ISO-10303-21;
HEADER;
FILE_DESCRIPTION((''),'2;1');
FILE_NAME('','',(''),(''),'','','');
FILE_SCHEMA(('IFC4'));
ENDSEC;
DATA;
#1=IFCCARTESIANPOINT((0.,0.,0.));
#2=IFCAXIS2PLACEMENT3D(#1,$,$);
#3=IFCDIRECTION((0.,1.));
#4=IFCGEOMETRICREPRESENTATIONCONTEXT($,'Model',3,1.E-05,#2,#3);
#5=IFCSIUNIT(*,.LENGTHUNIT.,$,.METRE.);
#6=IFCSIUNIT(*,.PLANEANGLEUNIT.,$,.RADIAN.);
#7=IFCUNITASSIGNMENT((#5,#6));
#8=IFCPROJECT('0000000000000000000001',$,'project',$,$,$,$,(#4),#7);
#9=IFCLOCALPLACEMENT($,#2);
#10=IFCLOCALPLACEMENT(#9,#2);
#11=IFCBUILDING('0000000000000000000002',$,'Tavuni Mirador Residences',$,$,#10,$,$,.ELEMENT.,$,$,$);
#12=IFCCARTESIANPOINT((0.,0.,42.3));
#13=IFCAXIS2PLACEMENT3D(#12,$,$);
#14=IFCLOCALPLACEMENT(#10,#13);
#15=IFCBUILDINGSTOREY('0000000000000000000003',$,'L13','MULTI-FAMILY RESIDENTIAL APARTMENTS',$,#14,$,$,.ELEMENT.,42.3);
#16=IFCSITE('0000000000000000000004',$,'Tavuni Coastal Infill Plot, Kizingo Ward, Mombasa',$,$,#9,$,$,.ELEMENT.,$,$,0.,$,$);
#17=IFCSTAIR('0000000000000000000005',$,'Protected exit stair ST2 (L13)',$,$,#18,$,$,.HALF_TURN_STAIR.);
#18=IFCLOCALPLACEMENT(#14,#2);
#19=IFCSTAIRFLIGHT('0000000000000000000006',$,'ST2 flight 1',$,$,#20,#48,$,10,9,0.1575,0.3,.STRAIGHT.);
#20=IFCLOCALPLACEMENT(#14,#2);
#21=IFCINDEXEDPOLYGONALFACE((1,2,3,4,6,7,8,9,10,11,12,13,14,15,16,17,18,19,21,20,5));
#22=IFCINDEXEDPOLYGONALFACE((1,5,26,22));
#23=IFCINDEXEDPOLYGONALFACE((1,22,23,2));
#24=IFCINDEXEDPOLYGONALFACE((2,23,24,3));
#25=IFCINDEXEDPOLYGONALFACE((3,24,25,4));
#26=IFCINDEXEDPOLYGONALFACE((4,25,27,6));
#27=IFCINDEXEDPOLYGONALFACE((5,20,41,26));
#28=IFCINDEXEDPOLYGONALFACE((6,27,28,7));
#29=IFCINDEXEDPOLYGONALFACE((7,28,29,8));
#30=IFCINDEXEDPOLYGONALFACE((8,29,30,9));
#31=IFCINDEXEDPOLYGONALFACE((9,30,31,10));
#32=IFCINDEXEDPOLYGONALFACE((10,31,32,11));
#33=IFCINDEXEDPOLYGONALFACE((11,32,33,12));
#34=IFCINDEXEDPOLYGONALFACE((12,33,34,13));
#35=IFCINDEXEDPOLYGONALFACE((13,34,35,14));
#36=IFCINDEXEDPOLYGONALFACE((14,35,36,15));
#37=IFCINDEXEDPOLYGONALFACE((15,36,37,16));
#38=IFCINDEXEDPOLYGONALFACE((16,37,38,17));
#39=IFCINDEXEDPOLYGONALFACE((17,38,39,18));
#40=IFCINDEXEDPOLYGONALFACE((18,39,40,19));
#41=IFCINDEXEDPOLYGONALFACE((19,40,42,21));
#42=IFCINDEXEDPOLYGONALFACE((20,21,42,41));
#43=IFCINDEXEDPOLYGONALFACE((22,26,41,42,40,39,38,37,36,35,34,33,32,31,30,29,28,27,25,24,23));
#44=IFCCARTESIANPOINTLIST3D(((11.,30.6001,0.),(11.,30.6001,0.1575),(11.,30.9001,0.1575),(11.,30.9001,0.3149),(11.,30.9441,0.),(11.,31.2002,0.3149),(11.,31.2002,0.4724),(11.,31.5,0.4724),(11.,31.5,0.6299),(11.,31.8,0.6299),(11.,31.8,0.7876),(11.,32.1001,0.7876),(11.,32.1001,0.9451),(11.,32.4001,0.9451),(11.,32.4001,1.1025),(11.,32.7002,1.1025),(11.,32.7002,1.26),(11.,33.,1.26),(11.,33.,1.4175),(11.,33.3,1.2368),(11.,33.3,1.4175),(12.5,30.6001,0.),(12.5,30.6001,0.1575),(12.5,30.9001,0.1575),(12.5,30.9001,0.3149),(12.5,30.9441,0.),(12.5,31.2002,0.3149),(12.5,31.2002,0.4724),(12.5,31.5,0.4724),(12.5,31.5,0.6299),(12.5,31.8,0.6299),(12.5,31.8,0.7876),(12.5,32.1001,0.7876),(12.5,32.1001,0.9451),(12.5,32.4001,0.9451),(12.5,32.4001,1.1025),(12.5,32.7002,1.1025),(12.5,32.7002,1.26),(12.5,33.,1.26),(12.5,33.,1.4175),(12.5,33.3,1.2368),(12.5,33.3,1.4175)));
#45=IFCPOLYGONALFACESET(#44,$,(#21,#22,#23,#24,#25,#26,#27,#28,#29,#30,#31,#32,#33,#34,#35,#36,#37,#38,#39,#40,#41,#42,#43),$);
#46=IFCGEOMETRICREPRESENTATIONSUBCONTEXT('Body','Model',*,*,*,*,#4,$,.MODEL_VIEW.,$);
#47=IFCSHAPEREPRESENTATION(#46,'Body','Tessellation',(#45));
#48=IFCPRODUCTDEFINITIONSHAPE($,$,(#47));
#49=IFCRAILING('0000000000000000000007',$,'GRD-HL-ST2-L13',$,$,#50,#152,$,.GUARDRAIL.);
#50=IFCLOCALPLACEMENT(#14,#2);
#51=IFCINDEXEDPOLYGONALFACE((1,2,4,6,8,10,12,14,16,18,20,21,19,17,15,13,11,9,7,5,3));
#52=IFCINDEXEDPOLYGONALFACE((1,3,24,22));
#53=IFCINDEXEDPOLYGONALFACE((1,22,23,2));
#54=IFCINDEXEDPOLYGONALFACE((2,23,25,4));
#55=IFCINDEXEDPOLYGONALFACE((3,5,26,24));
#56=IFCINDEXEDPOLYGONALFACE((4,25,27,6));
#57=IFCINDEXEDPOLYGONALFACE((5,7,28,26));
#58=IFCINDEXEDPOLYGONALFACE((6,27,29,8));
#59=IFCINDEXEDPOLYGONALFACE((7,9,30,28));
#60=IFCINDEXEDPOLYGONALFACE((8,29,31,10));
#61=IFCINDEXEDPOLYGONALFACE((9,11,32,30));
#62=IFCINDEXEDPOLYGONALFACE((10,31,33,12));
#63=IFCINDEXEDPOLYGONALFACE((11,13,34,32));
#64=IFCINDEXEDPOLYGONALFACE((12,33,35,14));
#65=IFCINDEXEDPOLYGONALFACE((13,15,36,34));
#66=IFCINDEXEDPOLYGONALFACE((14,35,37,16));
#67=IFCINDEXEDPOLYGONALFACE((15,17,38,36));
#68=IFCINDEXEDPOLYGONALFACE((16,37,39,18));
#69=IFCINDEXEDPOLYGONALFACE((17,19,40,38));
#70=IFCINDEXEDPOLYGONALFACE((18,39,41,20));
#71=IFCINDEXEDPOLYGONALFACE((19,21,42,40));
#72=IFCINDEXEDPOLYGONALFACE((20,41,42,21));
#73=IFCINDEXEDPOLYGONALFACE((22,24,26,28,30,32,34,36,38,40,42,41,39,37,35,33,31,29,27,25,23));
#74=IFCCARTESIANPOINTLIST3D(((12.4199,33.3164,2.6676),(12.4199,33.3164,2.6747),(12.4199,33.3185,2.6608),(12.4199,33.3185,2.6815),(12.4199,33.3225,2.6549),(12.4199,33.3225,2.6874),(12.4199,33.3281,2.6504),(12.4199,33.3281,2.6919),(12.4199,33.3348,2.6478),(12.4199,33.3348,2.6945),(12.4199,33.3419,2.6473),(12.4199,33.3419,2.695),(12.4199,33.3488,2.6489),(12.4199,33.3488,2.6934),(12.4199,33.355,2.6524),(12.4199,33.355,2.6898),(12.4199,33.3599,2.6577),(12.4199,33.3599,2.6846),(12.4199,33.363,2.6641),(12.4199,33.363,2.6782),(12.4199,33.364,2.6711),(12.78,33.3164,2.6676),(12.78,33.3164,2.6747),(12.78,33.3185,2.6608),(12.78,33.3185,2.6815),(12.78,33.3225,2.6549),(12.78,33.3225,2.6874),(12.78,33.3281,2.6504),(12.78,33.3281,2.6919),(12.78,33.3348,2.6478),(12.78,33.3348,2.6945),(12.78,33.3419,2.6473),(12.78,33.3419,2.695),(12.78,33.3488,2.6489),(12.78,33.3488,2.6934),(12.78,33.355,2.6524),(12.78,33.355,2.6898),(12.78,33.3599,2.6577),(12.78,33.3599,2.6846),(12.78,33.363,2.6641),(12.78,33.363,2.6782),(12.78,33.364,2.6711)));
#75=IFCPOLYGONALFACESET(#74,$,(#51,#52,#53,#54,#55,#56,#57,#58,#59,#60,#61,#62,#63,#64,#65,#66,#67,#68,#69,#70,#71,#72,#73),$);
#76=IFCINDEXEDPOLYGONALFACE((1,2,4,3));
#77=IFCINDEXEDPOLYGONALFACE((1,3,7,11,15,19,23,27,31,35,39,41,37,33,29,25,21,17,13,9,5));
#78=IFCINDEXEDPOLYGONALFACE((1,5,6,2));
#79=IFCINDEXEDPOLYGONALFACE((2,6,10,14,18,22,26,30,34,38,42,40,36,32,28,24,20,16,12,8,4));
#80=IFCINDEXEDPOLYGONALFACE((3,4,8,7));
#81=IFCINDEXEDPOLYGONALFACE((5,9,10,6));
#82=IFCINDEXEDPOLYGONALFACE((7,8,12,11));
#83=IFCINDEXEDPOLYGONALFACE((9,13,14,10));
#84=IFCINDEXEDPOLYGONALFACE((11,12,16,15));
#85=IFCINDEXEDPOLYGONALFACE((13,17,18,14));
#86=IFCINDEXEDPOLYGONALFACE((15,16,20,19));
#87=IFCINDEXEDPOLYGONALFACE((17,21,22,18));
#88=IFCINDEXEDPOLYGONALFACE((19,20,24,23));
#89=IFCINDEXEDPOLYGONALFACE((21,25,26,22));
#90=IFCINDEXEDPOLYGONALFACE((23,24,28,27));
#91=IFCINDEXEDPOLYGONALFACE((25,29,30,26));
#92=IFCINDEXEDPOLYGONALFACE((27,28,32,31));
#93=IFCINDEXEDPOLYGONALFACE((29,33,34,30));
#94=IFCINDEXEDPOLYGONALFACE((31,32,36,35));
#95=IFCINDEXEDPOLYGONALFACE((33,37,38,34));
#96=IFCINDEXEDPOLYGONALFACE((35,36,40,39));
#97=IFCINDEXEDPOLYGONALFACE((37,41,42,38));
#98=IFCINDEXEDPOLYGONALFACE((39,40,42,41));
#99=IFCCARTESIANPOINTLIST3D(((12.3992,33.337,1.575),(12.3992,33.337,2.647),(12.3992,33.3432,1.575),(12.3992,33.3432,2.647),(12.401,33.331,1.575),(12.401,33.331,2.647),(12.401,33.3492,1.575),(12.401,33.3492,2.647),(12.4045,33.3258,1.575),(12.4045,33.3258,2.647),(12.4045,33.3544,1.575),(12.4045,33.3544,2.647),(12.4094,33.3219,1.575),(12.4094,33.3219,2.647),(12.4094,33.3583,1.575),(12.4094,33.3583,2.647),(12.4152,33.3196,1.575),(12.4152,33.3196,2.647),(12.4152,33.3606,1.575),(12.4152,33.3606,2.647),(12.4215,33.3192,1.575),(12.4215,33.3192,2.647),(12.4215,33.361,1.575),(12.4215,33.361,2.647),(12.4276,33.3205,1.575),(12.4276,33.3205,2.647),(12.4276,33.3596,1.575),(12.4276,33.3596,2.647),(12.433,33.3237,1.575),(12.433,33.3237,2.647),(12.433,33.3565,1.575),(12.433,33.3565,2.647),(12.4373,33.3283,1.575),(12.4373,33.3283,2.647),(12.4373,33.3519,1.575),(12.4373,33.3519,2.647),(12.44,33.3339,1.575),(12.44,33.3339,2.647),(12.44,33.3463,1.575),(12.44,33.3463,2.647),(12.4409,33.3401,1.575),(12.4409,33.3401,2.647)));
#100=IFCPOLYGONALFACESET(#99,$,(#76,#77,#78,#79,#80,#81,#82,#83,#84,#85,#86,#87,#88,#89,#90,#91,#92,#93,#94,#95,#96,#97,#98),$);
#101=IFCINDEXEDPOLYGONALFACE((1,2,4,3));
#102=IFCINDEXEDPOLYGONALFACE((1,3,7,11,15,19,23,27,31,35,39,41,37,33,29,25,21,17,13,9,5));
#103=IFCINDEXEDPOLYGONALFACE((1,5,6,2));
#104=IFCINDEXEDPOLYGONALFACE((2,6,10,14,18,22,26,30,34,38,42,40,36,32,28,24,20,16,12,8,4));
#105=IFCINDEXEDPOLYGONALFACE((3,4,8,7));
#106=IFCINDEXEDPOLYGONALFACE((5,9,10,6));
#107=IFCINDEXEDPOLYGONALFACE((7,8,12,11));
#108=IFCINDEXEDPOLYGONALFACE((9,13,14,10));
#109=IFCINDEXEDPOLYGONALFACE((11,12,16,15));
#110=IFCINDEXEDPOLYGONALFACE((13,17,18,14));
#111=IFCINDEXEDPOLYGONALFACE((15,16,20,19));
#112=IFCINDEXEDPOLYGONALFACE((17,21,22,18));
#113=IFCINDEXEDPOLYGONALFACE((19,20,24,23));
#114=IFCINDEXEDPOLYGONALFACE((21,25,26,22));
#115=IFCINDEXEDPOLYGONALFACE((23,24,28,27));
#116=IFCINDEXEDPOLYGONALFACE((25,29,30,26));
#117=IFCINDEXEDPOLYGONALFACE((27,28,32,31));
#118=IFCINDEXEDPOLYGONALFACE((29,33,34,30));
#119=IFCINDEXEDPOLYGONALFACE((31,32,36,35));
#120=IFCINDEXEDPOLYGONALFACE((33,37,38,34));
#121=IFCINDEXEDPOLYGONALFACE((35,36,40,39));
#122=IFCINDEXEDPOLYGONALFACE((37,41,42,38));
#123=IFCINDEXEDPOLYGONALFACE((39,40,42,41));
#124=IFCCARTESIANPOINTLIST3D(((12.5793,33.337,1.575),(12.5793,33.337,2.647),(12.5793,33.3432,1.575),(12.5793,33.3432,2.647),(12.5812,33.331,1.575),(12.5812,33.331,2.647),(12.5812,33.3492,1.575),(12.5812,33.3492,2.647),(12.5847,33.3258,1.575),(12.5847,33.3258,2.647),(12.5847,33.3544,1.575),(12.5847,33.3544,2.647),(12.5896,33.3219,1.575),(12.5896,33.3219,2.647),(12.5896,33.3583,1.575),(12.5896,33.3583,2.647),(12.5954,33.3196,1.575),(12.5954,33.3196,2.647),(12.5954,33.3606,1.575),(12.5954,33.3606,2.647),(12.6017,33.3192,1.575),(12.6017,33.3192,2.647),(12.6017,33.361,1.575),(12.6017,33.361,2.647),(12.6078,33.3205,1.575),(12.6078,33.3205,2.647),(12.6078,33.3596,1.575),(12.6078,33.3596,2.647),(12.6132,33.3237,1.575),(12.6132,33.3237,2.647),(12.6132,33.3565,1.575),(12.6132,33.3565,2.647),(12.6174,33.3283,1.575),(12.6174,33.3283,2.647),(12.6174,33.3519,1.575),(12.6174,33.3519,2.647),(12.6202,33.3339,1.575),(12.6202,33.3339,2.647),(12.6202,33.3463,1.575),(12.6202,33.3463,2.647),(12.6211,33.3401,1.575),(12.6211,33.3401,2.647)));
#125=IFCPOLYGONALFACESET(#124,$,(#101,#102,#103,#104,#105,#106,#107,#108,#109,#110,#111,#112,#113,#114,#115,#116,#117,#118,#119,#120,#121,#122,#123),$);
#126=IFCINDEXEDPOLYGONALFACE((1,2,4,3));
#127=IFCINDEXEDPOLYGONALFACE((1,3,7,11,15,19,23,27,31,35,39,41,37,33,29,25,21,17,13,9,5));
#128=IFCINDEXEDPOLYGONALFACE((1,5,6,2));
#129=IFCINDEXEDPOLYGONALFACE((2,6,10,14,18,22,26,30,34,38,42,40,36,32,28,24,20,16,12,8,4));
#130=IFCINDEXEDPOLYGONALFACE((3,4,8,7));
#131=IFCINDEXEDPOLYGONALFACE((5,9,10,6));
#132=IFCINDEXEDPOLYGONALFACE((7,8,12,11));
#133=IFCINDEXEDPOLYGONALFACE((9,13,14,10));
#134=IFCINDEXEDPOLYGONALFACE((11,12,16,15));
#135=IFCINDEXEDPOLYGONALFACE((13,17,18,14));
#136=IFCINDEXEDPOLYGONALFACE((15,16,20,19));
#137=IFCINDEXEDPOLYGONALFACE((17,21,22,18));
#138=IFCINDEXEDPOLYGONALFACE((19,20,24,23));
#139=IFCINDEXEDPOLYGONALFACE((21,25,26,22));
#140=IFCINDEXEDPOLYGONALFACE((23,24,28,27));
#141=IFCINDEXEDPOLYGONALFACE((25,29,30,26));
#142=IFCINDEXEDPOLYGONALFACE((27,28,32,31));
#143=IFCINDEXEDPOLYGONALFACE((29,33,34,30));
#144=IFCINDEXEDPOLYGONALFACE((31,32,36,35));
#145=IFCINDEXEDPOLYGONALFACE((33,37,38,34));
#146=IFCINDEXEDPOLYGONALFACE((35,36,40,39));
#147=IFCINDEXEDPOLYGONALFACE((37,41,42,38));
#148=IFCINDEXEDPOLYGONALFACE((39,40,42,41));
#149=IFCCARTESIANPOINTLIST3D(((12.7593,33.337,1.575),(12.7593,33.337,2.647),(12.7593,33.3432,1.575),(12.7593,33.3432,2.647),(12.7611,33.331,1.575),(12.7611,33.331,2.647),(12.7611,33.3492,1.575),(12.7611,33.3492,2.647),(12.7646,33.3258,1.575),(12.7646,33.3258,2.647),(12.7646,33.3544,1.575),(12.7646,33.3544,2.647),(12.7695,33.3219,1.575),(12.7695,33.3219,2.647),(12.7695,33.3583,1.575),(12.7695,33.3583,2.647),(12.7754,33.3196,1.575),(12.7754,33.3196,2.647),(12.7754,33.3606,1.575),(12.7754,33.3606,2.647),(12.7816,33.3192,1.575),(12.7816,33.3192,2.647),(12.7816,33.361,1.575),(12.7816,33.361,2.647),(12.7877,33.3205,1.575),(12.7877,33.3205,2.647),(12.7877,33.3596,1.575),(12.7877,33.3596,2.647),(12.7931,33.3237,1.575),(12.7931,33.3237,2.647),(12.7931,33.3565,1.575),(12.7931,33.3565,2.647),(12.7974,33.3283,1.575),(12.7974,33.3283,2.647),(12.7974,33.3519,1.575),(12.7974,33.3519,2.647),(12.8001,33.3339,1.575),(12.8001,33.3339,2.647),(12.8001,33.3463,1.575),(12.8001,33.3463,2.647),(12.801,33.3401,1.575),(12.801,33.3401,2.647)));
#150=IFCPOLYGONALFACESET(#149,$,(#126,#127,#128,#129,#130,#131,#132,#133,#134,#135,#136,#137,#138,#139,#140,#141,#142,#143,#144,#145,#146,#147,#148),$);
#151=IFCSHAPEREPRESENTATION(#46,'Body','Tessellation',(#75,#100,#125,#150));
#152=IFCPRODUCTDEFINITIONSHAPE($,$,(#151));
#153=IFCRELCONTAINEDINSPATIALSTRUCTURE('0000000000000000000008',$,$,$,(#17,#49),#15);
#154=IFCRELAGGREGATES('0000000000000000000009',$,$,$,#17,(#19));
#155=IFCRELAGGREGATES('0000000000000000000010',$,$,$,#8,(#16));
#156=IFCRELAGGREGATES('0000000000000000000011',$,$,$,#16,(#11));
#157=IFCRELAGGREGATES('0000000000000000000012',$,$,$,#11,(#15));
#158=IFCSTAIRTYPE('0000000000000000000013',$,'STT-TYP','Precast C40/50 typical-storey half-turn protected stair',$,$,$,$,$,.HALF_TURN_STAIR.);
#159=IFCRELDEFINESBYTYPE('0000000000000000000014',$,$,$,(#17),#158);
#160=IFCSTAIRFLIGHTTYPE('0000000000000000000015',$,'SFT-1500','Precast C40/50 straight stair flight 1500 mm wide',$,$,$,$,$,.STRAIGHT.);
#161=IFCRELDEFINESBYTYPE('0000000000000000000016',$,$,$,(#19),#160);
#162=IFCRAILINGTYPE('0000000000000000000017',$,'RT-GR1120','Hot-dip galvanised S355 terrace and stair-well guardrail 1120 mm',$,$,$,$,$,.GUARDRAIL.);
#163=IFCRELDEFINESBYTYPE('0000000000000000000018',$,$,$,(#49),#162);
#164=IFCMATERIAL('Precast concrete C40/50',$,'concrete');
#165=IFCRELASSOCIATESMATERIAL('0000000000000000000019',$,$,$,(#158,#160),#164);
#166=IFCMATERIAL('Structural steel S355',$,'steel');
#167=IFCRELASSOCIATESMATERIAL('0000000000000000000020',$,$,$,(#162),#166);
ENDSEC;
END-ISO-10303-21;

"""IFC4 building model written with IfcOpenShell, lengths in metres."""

from ifc_helpers import new_model, si_unit, direction, frame, origin, origin_2d, place, context, subcontext, project, spatial, polyline, circle, outline, extrude, material, type_object, element, aggregate, save


model = new_model("IFC4")

# Units and contexts
model_context = context("Model", 3, precision=1e-05, world=origin(), true_north=direction((0.0, 1.0)))
body_context = subcontext(model_context, "Body", "Model", "MODEL_VIEW")
ifc_project = project(units=[si_unit("LENGTHUNIT", "METRE"), si_unit("PLANEANGLEUNIT", "RADIAN")], contexts=[model_context])

# Site, building, storey
site_placement = place(None, origin())
site = spatial("IfcSite", under=ifc_project, at=site_placement, Name="Tavuni Coastal Infill Plot, Kizingo Ward, Mombasa", CompositionType="ELEMENT", RefElevation=0.0)
building_placement = place(site_placement, origin())
building = spatial("IfcBuilding", under=site, at=building_placement, Name="Tavuni Mirador Residences", CompositionType="ELEMENT")
storey_placement = place(building_placement, frame((0.0, 0.0, 42.3)))
storey = spatial("IfcBuildingStorey", under=building, at=storey_placement, Name="L13", Description="MULTI-FAMILY RESIDENTIAL APARTMENTS", CompositionType="ELEMENT", Elevation=42.3)

# Shared definitions
ifc_material_1 = material(Name="Precast concrete C40/50", Category="concrete")

# Stair, stair flight
stair_type = type_object("IfcStairType", Name="STT-TYP", Description="Precast C40/50 typical-storey half-turn protected stair", PredefinedType="HALF_TURN_STAIR", material=ifc_material_1)
stair_placement = place(storey_placement, origin())
stair = element("IfcStair", 1, at=stair_placement, inside=storey, type_object=stair_type, Name="Protected exit stair ST2 (L13)", PredefinedType="HALF_TURN_STAIR")
stair_flight_type = type_object("IfcStairFlightType", Name="SFT-1500", Description="Precast C40/50 straight stair flight 1500 mm wide", PredefinedType="STRAIGHT", material=ifc_material_1)
stair_flight_placement = place(storey_placement, frame((11.75, 30.6001, 0.0), z_axis=(0.0, 0.0, 1.0), x_axis=(0.0, 1.0, 0.0)))
stair_flight = element("IfcStairFlight", 2, at=stair_flight_placement, type_object=stair_flight_type, Name="ST2 flight 1", NumberOfRisers=10, NumberOfTreads=9, PredefinedType="STRAIGHT", RiserHeight=0.1575, TreadLength=0.3, context=body_context, shape_type="SweptSolid", body=[
    extrude(outline(polyline([(0.0, 0.0), (0.0, 0.1575), (0.3, 0.1575), (0.3, 0.3149), (0.6001, 0.3149), (0.6001, 0.4724), (0.8999, 0.4724), (0.8999, 0.6299), (1.2, 0.6299), (1.2, 0.7876), (1.5, 0.7876), (1.5, 0.9451), (1.8, 0.9451), (1.8, 1.1025), (2.1001, 1.1025), (2.1001, 1.26), (2.3999, 1.26), (2.3999, 1.4175), (2.7, 1.4175), (2.7, 1.575), (2.7, 1.2368), (0.344, 0.0), (0.0, 0.0)])), frame((0.0, 0.75, 0.0), z_axis=(0.0, -1.0, 0.0), x_axis=(1.0, 0.0, 0.0)), (0.0, 0.0, 1.0), 1.5),
])
aggregate(stair, [stair_flight])

# Railing
ifc_material_2 = material(Name="Structural steel S355", Category="steel")
railing_type_1 = type_object("IfcRailingType", Name="RT-GR1120", Description="Hot-dip galvanised S355 terrace and stair-well guardrail 1120 mm", PredefinedType="GUARDRAIL", material=ifc_material_2)
railing_1_placement = place(storey_placement, frame((12.4199, 33.3401, 1.575)))
element("IfcRailing", 3, at=railing_1_placement, inside=storey, type_object=railing_type_1, Name="GRD-HL-ST2-L13", PredefinedType="GUARDRAIL", context=body_context, shape_type="SweptSolid", body=[
    extrude(circle(Radius=0.0239, at=origin_2d()), frame((0.0, 0.0, 1.0962), z_axis=(1.0, 0.0, 0.0), x_axis=(0.0, 1.0, 0.0)), (0.0, 0.0, 1.0), 0.3601),
    extrude(circle(Radius=0.021, at=origin_2d()), origin(), (0.0, 0.0, 1.0), 1.072),
    extrude(circle(Radius=0.021, at=origin_2d()), frame((0.1802, 0.0, 0.0)), (0.0, 0.0, 1.0), 1.072),
    extrude(circle(Radius=0.021, at=origin_2d()), frame((0.3601, 0.0, 0.0)), (0.0, 0.0, 1.0), 1.072),
])

save(model, "model.ifc")
